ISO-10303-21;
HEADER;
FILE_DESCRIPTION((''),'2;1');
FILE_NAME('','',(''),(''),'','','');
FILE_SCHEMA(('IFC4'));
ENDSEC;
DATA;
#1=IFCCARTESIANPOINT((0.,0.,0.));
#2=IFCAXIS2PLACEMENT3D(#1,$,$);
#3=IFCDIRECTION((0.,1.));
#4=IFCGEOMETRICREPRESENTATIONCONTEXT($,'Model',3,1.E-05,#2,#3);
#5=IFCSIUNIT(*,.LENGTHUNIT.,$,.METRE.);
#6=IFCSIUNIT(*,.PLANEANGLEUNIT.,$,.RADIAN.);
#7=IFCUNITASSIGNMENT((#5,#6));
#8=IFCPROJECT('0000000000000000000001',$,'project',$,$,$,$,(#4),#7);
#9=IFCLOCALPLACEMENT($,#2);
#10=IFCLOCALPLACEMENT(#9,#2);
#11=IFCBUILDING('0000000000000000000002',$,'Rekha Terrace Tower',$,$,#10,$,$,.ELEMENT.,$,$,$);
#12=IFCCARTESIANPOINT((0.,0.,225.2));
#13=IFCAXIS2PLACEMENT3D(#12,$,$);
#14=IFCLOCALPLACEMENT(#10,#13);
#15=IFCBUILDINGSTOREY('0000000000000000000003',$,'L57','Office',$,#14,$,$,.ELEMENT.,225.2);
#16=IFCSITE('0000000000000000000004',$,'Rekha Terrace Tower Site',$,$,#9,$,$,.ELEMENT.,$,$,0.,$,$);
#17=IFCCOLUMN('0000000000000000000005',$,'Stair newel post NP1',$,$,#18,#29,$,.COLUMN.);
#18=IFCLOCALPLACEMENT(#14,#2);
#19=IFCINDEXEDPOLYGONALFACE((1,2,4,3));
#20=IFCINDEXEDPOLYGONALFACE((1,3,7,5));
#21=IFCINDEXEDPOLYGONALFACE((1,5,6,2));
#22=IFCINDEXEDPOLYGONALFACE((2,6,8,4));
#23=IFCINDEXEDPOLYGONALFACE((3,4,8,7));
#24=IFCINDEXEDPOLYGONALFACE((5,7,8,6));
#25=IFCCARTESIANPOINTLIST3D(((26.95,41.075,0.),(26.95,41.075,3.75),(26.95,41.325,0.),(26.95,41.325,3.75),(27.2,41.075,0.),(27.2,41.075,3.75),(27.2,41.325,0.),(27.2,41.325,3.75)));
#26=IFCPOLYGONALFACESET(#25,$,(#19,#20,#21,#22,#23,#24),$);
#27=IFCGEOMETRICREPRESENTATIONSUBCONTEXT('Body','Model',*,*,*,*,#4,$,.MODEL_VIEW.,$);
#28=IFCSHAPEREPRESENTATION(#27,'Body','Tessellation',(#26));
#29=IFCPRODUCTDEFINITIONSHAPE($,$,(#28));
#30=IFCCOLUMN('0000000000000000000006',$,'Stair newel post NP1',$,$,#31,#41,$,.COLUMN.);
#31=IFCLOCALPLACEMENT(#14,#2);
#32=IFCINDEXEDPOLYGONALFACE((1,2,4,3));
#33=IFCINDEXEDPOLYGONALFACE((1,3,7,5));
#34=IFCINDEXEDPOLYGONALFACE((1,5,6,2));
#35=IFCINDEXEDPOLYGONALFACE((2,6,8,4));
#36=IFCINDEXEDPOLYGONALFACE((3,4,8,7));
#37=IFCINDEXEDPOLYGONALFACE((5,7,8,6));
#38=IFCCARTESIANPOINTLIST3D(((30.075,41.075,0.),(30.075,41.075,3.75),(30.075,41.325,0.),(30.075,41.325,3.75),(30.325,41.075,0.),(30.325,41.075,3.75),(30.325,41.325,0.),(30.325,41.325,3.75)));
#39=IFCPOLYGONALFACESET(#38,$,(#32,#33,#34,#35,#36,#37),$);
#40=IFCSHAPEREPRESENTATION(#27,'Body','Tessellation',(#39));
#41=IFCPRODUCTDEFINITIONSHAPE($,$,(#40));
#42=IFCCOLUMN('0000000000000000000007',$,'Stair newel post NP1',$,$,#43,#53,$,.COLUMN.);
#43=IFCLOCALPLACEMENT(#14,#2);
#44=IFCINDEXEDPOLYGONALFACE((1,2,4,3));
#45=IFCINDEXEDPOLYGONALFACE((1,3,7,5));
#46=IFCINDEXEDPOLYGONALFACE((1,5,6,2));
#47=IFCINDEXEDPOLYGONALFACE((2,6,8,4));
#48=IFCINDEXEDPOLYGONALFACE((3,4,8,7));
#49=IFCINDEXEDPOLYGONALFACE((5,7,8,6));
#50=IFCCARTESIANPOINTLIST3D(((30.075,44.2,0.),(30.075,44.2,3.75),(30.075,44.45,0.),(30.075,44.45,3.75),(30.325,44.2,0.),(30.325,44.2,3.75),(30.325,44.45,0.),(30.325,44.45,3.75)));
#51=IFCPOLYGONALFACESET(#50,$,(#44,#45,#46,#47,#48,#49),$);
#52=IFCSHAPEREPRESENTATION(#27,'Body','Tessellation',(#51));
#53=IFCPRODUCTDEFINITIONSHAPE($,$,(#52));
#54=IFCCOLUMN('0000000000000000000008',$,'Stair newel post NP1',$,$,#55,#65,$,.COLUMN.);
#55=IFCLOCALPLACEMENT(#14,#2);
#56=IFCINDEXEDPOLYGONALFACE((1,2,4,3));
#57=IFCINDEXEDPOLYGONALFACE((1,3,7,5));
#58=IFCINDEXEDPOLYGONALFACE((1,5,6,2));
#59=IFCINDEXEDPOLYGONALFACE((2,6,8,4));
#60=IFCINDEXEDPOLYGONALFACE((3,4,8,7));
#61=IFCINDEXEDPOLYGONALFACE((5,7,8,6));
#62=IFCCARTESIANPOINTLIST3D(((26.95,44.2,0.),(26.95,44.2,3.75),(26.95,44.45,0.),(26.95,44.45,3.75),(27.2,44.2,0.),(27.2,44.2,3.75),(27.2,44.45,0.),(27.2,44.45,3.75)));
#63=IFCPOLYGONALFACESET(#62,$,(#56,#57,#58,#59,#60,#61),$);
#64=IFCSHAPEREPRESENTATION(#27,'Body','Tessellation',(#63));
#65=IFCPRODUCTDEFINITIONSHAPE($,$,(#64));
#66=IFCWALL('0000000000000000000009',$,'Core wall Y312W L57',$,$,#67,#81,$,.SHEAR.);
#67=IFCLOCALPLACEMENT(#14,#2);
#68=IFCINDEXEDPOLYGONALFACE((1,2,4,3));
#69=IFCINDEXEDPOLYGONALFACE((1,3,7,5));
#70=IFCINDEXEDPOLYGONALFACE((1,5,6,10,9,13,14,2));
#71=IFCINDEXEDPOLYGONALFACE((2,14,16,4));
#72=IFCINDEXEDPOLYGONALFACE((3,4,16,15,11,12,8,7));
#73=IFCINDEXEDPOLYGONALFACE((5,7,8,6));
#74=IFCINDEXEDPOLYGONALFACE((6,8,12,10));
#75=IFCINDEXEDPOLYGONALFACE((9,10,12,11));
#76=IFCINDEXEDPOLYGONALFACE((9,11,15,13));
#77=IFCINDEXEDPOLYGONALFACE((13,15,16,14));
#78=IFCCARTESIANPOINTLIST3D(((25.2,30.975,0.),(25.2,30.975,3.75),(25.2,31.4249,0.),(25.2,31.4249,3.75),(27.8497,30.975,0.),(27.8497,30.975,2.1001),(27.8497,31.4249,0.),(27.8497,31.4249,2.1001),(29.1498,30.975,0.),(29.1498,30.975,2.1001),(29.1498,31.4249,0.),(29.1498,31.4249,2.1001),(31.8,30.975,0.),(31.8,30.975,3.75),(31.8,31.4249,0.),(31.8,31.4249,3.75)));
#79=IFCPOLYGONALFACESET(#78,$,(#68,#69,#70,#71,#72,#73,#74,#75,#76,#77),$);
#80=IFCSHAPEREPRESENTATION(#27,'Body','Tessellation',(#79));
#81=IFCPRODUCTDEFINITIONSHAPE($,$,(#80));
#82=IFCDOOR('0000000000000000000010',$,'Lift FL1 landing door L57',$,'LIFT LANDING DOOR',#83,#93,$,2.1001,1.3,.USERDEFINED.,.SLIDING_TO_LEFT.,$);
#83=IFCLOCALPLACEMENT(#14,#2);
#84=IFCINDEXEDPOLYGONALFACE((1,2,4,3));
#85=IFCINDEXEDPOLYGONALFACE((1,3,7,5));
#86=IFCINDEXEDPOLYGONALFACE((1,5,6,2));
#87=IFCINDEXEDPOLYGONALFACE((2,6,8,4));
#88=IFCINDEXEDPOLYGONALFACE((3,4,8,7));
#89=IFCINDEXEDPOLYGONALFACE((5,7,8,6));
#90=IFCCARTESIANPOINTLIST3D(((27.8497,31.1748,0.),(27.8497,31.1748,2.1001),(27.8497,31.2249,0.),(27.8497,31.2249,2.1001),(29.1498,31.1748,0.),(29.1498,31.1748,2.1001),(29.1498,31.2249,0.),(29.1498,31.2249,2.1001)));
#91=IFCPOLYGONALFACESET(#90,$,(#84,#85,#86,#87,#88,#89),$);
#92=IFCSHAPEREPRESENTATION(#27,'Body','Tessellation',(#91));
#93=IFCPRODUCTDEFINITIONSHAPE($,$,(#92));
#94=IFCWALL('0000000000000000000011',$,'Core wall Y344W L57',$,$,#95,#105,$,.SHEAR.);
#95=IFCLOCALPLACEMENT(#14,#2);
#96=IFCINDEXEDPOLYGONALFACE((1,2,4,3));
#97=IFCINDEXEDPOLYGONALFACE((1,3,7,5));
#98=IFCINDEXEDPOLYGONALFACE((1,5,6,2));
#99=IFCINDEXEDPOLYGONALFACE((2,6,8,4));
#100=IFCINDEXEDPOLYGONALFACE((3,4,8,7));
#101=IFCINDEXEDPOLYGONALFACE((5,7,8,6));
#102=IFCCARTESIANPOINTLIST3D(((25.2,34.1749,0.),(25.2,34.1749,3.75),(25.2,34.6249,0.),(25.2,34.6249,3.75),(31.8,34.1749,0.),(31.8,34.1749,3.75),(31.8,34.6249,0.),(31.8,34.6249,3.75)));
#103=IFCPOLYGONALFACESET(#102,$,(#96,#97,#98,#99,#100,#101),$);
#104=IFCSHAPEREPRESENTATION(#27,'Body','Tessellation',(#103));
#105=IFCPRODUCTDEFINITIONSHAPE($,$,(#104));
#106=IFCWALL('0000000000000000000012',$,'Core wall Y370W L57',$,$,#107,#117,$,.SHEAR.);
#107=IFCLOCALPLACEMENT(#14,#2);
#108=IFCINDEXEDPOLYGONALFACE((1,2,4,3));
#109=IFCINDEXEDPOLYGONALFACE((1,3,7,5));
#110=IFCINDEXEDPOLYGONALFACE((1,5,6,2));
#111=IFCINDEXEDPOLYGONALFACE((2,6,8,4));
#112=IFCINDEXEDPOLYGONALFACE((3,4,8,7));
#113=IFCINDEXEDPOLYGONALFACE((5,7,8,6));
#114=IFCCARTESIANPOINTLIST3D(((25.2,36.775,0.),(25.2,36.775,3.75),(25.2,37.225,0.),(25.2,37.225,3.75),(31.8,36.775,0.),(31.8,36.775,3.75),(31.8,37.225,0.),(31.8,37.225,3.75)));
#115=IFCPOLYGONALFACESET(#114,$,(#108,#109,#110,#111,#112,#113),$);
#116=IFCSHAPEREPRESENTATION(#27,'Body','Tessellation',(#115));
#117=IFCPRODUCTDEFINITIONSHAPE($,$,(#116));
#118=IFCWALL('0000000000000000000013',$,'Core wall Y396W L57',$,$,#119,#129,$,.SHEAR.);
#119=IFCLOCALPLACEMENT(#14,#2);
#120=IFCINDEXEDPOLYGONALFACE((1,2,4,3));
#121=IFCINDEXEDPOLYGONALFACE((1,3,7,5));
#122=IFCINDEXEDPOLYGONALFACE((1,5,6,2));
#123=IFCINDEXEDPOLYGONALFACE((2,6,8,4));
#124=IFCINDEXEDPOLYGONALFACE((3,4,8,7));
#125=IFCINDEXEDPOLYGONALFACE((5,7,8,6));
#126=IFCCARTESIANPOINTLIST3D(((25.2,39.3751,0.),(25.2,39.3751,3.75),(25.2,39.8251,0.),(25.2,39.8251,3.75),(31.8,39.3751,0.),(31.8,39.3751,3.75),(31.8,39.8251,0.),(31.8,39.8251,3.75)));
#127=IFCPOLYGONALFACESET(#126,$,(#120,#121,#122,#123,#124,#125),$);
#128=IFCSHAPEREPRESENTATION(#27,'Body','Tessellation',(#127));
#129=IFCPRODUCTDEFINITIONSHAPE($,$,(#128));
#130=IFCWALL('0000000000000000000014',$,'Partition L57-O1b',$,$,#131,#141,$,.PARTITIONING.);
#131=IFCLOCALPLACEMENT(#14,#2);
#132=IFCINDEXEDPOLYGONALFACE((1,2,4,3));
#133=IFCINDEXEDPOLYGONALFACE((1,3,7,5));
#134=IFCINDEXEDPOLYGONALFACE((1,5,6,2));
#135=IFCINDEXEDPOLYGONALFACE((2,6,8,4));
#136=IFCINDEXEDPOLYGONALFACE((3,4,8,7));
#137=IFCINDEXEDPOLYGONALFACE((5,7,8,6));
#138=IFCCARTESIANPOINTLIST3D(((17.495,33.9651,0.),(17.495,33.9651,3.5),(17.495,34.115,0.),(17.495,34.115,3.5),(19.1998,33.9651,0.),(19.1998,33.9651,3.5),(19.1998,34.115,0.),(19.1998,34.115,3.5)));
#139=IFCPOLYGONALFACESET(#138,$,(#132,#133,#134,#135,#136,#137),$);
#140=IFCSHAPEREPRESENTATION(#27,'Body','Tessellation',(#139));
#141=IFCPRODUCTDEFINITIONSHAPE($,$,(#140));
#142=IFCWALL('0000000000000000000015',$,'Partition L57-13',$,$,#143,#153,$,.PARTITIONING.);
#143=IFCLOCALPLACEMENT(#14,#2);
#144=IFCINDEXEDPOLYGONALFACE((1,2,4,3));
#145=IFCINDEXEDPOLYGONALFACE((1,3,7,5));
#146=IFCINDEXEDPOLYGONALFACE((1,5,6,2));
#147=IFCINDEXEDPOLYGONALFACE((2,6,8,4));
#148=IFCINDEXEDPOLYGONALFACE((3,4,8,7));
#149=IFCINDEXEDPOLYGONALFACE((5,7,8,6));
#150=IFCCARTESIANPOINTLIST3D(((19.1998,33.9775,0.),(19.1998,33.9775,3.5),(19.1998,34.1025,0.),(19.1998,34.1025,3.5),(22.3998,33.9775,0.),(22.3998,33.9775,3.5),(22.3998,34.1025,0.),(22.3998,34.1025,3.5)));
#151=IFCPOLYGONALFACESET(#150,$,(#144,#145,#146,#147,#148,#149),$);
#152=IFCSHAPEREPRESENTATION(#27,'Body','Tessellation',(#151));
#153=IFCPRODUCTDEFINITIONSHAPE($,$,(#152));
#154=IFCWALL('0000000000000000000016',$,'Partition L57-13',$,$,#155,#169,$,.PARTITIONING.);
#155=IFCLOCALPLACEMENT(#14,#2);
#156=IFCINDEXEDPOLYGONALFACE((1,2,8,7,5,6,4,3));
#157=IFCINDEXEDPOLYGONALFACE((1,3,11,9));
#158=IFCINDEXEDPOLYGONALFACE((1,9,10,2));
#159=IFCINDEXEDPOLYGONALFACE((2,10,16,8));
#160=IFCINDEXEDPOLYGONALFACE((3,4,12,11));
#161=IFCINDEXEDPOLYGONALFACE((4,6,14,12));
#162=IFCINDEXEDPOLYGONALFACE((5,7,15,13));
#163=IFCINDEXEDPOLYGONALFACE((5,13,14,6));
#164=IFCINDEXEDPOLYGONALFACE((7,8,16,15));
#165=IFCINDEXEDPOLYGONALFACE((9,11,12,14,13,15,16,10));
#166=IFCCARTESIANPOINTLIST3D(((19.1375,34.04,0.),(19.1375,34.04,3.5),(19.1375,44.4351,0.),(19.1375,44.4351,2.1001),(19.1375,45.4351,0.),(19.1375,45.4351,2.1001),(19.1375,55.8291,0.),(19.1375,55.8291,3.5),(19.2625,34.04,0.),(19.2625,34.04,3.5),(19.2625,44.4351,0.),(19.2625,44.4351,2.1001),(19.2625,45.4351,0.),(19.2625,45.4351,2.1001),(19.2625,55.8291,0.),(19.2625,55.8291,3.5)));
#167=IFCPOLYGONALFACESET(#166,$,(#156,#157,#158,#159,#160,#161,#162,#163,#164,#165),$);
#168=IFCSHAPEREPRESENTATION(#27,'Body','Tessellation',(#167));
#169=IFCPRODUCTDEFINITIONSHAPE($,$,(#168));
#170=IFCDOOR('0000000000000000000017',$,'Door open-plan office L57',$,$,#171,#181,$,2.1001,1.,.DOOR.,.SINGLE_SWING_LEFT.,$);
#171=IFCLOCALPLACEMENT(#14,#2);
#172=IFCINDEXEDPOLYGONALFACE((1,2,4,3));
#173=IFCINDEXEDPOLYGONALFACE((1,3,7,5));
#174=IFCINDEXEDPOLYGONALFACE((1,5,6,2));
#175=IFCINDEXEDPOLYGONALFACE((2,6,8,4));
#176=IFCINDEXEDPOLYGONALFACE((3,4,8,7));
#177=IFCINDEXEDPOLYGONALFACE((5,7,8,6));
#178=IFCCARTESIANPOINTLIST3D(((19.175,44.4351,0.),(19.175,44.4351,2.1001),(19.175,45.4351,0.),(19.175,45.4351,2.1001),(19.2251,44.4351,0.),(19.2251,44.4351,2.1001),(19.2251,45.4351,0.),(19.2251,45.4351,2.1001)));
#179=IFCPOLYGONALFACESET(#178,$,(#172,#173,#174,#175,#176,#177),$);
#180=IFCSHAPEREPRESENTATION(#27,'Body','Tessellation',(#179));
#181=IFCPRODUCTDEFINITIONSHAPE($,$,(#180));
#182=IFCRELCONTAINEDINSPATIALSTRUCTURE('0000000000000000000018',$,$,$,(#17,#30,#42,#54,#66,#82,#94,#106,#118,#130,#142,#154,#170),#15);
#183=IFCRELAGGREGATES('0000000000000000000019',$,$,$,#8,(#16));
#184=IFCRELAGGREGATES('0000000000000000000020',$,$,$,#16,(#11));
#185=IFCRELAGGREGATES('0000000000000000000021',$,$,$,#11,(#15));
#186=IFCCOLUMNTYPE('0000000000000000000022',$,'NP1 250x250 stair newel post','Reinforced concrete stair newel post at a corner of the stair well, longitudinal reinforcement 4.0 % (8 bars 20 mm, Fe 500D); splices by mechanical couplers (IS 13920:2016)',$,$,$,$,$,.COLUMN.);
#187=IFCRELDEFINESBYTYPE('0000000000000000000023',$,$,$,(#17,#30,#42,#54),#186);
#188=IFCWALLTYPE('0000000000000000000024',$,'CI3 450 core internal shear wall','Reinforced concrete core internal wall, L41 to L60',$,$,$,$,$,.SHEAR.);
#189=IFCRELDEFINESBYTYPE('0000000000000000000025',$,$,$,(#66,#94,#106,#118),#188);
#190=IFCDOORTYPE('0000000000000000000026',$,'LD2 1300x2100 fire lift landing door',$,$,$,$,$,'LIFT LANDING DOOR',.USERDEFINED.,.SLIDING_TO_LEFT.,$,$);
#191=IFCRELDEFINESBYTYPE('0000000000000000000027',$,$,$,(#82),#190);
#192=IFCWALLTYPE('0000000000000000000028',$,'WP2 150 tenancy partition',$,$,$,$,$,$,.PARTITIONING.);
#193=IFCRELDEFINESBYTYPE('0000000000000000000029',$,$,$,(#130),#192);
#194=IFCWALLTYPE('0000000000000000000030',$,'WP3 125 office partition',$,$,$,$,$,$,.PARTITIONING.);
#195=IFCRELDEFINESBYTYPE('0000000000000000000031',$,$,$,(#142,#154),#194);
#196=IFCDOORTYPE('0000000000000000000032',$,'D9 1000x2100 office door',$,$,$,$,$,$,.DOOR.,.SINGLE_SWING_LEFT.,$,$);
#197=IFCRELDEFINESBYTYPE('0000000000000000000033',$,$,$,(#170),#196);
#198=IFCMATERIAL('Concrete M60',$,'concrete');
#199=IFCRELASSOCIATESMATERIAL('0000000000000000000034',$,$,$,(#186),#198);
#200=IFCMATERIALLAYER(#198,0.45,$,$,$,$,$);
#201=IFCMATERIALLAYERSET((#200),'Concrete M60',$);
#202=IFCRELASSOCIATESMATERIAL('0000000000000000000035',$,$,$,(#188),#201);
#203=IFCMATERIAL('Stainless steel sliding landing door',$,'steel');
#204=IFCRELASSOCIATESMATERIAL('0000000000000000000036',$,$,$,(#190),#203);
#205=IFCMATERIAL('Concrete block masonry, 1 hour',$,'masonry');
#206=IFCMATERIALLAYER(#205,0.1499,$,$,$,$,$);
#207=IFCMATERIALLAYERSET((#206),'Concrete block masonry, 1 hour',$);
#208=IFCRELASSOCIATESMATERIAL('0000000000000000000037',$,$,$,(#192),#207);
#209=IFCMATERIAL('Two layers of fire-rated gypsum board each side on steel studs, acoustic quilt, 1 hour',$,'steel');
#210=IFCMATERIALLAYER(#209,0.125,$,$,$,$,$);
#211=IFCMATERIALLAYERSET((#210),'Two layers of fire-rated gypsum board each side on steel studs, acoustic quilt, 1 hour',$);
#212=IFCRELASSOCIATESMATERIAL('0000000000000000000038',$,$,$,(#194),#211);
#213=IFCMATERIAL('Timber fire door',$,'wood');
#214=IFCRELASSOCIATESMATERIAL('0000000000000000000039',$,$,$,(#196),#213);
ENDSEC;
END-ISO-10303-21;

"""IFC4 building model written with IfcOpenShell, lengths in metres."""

from ifc_helpers import new_model, si_unit, direction, frame, frame_2d, origin, origin_2d, place, context, subcontext, project, spatial, rectangle, extrude, material, layer, layer_set, material_profile, profile_set, type_object, element, fill, save


model = new_model("IFC4")

# Units and contexts
model_context = context("Model", 3, precision=1e-05, world=origin(), true_north=direction((0.0, 1.0)))
body_context = subcontext(model_context, "Body", "Model", "MODEL_VIEW")
ifc_project = project(units=[si_unit("LENGTHUNIT", "METRE"), si_unit("PLANEANGLEUNIT", "RADIAN")], contexts=[model_context])

# Site, building, storey
site_placement = place(None, origin())
site = spatial("IfcSite", under=ifc_project, at=site_placement, Name="Rekha Terrace Tower Site", CompositionType="ELEMENT", RefElevation=0.0)
building_placement = place(site_placement, origin())
building = spatial("IfcBuilding", under=site, at=building_placement, Name="Rekha Terrace Tower", CompositionType="ELEMENT")
storey_placement = place(building_placement, frame((0.0, 0.0, 225.2)))
storey = spatial("IfcBuildingStorey", under=building, at=storey_placement, Name="L57", Description="Office", CompositionType="ELEMENT", Elevation=225.2)

# Columns
ifc_material_1 = material(Name="Concrete M60", Category="concrete")
ifc_material_profile = material_profile(ifc_material_1, rectangle(XDim=0.25, YDim=0.25, at=origin_2d()), Name="RC 250x250")
ifc_profile_set = profile_set([ifc_material_profile], Name="Concrete M60")
column_type = type_object("IfcColumnType", Name="NP1 250x250 stair newel post", Description="Reinforced concrete stair newel post at a corner of the stair well, longitudinal reinforcement 4.0 % (8 bars 20 mm, Fe 500D); splices by mechanical couplers (IS 13920:2016)", PredefinedType="COLUMN", material=ifc_profile_set)
for number, where, z_axis, x_axis, name in (
    (1, (27.075, 41.2, 0.0), (0.0, 0.0, 1.0), (1.0, 0.0, 0.0), "Stair newel post NP1"),
    (2, (30.2, 41.2, 0.0), (0.0, 0.0, 1.0), (1.0, 0.0, 0.0), "Stair newel post NP1"),
    (3, (30.2, 44.325, 0.0), (0.0, 0.0, 1.0), (1.0, 0.0, 0.0), "Stair newel post NP1"),
    (4, (27.075, 44.325, 0.0), (0.0, 0.0, 1.0), (1.0, 0.0, 0.0), "Stair newel post NP1"),
):
    element("IfcColumn", number, at=place(storey_placement, frame(where, z_axis=z_axis, x_axis=x_axis)), inside=storey, type_object=column_type, Name=name, PredefinedType="COLUMN", context=body_context, shape_type="SweptSolid", body=[
        extrude(rectangle(XDim=0.25, YDim=0.25, at=origin_2d()), origin(), (0.0, 0.0, 1.0), 3.75),
    ])

# Wall, opening, door
ifc_layer_1 = layer(ifc_material_1, 0.45)
ifc_layer_set_1 = layer_set([ifc_layer_1], Name="Concrete M60")
wall_type_1 = type_object("IfcWallType", Name="CI3 450 core internal shear wall", Description="Reinforced concrete core internal wall, L41 to L60", PredefinedType="SHEAR", material=ifc_layer_set_1)
wall_1_placement = place(storey_placement, frame((25.2, 31.2, 0.0), z_axis=(0.0, 0.0, 1.0), x_axis=(1.0, 0.0, 0.0)))
wall_1 = element("IfcWall", 5, at=wall_1_placement, inside=storey, type_object=wall_type_1, Name="Core wall Y312W L57", PredefinedType="SHEAR", context=body_context, shape_type="SweptSolid", body=[
    extrude(rectangle(XDim=6.6001, YDim=0.45, at=frame_2d((3.3, 0.0))), origin(), (0.0, 0.0, 1.0), 3.75),
])
opening_1_placement = place(wall_1_placement, frame((2.6499, 0.0, 0.0)))
opening_1 = element("IfcOpeningElement", 6, at=opening_1_placement, cuts=wall_1, PredefinedType="OPENING", context=body_context, shape_type="SweptSolid", body=[
    extrude(rectangle(XDim=1.3, YDim=2.1001, at=frame_2d((0.6499, 1.05))), frame((0.0, 0.2349, 0.0), z_axis=(0.0, -1.0, 0.0), x_axis=(1.0, 0.0, 0.0)), (0.0, 0.0, 1.0), 0.47),
])
ifc_material_2 = material(Name="Stainless steel sliding landing door", Category="steel")
door_type_1 = type_object("IfcDoorType", Name="LD2 1300x2100 fire lift landing door", ElementType="LIFT LANDING DOOR", OperationType="SLIDING_TO_LEFT", PredefinedType="USERDEFINED", material=ifc_material_2)
door_1_placement = place(opening_1_placement, origin())
door_1 = element("IfcDoor", 7, at=door_1_placement, inside=storey, type_object=door_type_1, Name="Lift FL1 landing door L57", ObjectType="LIFT LANDING DOOR", OperationType="SLIDING_TO_LEFT", OverallHeight=2.1001, OverallWidth=1.3, PredefinedType="USERDEFINED", context=body_context, shape_type="SweptSolid", body=[
    extrude(rectangle(XDim=1.3, YDim=2.1001, at=frame_2d((0.6499, 1.05))), frame((0.0, 0.0249, 0.0), z_axis=(0.0, -1.0, 0.0), x_axis=(1.0, 0.0, 0.0)), (0.0, 0.0, 1.0), 0.05),
])
fill(opening_1, door_1)

# Walls
for number, where, z_axis, x_axis, name in (
    (8, (25.2, 34.3999, 0.0), (0.0, 0.0, 1.0), (1.0, 0.0, 0.0), "Core wall Y344W L57"),
    (9, (25.2, 37.0, 0.0), (0.0, 0.0, 1.0), (1.0, 0.0, 0.0), "Core wall Y370W L57"),
    (10, (25.2, 39.6001, 0.0), (0.0, 0.0, 1.0), (1.0, 0.0, 0.0), "Core wall Y396W L57"),
):
    element("IfcWall", number, at=place(storey_placement, frame(where, z_axis=z_axis, x_axis=x_axis)), inside=storey, type_object=wall_type_1, Name=name, PredefinedType="SHEAR", context=body_context, shape_type="SweptSolid", body=[
        extrude(rectangle(XDim=6.6001, YDim=0.45, at=frame_2d((3.3, 0.0))), origin(), (0.0, 0.0, 1.0), 3.75),
    ])
ifc_material_3 = material(Name="Concrete block masonry, 1 hour", Category="masonry")
ifc_layer_2 = layer(ifc_material_3, 0.1499)
ifc_layer_set_2 = layer_set([ifc_layer_2], Name="Concrete block masonry, 1 hour")
wall_type_2 = type_object("IfcWallType", Name="WP2 150 tenancy partition", PredefinedType="PARTITIONING", material=ifc_layer_set_2)
wall_2_placement = place(storey_placement, frame((19.2, 34.04, 0.0), z_axis=(0.0, 0.0, 1.0), x_axis=(-1.0, 0.0, 0.0)))
element("IfcWall", 11, at=wall_2_placement, inside=storey, type_object=wall_type_2, Name="Partition L57-O1b", PredefinedType="PARTITIONING", context=body_context, shape_type="SweptSolid", body=[
    extrude(rectangle(XDim=1.7048, YDim=0.1499, at=frame_2d((0.8525, 0.0))), origin(), (0.0, 0.0, 1.0), 3.5),
])
ifc_material_4 = material(Name="Two layers of fire-rated gypsum board each side on steel studs, acoustic quilt, 1 hour", Category="steel")
ifc_layer_3 = layer(ifc_material_4, 0.125)
ifc_layer_set_3 = layer_set([ifc_layer_3], Name="Two layers of fire-rated gypsum board each side on steel studs, acoustic quilt, 1 hour")
wall_type_3 = type_object("IfcWallType", Name="WP3 125 office partition", PredefinedType="PARTITIONING", material=ifc_layer_set_3)
wall_3_placement = place(storey_placement, frame((22.3999, 34.04, 0.0), z_axis=(0.0, 0.0, 1.0), x_axis=(-1.0, 0.0, 0.0)))
element("IfcWall", 12, at=wall_3_placement, inside=storey, type_object=wall_type_3, Name="Partition L57-13", PredefinedType="PARTITIONING", context=body_context, shape_type="SweptSolid", body=[
    extrude(rectangle(XDim=3.2, YDim=0.125, at=frame_2d((1.6001, 0.0))), origin(), (0.0, 0.0, 1.0), 3.5),
])

# Wall, opening, door
wall_4_placement = place(storey_placement, frame((19.2, 34.04, 0.0), z_axis=(0.0, 0.0, 1.0), x_axis=(0.0, 1.0, 0.0)))
wall_4 = element("IfcWall", 13, at=wall_4_placement, inside=storey, type_object=wall_type_3, Name="Partition L57-13", PredefinedType="PARTITIONING", context=body_context, shape_type="SweptSolid", body=[
    extrude(rectangle(XDim=21.7891, YDim=0.125, at=frame_2d((10.8945, 0.0))), origin(), (0.0, 0.0, 1.0), 3.5),
])
opening_2_placement = place(wall_4_placement, frame((10.395, 0.0, 0.0)))
opening_2 = element("IfcOpeningElement", 14, at=opening_2_placement, cuts=wall_4, PredefinedType="OPENING", context=body_context, shape_type="SweptSolid", body=[
    extrude(rectangle(XDim=1.0, YDim=2.1001, at=frame_2d((0.5, 1.05))), frame((0.0, 0.0725, 0.0), z_axis=(0.0, -1.0, 0.0), x_axis=(1.0, 0.0, 0.0)), (0.0, 0.0, 1.0), 0.145),
])
ifc_material_5 = material(Name="Timber fire door", Category="wood")
door_type_2 = type_object("IfcDoorType", Name="D9 1000x2100 office door", OperationType="SINGLE_SWING_LEFT", PredefinedType="DOOR", material=ifc_material_5)
door_2_placement = place(opening_2_placement, origin())
door_2 = element("IfcDoor", 15, at=door_2_placement, inside=storey, type_object=door_type_2, Name="Door open-plan office L57", OperationType="SINGLE_SWING_LEFT", OverallHeight=2.1001, OverallWidth=1.0, PredefinedType="DOOR", context=body_context, shape_type="SweptSolid", body=[
    extrude(rectangle(XDim=1.0, YDim=2.1001, at=frame_2d((0.5, 1.05))), frame((0.0, 0.0249, 0.0), z_axis=(0.0, -1.0, 0.0), x_axis=(1.0, 0.0, 0.0)), (0.0, 0.0, 1.0), 0.05),
])
fill(opening_2, door_2)

save(model, "model.ifc")
